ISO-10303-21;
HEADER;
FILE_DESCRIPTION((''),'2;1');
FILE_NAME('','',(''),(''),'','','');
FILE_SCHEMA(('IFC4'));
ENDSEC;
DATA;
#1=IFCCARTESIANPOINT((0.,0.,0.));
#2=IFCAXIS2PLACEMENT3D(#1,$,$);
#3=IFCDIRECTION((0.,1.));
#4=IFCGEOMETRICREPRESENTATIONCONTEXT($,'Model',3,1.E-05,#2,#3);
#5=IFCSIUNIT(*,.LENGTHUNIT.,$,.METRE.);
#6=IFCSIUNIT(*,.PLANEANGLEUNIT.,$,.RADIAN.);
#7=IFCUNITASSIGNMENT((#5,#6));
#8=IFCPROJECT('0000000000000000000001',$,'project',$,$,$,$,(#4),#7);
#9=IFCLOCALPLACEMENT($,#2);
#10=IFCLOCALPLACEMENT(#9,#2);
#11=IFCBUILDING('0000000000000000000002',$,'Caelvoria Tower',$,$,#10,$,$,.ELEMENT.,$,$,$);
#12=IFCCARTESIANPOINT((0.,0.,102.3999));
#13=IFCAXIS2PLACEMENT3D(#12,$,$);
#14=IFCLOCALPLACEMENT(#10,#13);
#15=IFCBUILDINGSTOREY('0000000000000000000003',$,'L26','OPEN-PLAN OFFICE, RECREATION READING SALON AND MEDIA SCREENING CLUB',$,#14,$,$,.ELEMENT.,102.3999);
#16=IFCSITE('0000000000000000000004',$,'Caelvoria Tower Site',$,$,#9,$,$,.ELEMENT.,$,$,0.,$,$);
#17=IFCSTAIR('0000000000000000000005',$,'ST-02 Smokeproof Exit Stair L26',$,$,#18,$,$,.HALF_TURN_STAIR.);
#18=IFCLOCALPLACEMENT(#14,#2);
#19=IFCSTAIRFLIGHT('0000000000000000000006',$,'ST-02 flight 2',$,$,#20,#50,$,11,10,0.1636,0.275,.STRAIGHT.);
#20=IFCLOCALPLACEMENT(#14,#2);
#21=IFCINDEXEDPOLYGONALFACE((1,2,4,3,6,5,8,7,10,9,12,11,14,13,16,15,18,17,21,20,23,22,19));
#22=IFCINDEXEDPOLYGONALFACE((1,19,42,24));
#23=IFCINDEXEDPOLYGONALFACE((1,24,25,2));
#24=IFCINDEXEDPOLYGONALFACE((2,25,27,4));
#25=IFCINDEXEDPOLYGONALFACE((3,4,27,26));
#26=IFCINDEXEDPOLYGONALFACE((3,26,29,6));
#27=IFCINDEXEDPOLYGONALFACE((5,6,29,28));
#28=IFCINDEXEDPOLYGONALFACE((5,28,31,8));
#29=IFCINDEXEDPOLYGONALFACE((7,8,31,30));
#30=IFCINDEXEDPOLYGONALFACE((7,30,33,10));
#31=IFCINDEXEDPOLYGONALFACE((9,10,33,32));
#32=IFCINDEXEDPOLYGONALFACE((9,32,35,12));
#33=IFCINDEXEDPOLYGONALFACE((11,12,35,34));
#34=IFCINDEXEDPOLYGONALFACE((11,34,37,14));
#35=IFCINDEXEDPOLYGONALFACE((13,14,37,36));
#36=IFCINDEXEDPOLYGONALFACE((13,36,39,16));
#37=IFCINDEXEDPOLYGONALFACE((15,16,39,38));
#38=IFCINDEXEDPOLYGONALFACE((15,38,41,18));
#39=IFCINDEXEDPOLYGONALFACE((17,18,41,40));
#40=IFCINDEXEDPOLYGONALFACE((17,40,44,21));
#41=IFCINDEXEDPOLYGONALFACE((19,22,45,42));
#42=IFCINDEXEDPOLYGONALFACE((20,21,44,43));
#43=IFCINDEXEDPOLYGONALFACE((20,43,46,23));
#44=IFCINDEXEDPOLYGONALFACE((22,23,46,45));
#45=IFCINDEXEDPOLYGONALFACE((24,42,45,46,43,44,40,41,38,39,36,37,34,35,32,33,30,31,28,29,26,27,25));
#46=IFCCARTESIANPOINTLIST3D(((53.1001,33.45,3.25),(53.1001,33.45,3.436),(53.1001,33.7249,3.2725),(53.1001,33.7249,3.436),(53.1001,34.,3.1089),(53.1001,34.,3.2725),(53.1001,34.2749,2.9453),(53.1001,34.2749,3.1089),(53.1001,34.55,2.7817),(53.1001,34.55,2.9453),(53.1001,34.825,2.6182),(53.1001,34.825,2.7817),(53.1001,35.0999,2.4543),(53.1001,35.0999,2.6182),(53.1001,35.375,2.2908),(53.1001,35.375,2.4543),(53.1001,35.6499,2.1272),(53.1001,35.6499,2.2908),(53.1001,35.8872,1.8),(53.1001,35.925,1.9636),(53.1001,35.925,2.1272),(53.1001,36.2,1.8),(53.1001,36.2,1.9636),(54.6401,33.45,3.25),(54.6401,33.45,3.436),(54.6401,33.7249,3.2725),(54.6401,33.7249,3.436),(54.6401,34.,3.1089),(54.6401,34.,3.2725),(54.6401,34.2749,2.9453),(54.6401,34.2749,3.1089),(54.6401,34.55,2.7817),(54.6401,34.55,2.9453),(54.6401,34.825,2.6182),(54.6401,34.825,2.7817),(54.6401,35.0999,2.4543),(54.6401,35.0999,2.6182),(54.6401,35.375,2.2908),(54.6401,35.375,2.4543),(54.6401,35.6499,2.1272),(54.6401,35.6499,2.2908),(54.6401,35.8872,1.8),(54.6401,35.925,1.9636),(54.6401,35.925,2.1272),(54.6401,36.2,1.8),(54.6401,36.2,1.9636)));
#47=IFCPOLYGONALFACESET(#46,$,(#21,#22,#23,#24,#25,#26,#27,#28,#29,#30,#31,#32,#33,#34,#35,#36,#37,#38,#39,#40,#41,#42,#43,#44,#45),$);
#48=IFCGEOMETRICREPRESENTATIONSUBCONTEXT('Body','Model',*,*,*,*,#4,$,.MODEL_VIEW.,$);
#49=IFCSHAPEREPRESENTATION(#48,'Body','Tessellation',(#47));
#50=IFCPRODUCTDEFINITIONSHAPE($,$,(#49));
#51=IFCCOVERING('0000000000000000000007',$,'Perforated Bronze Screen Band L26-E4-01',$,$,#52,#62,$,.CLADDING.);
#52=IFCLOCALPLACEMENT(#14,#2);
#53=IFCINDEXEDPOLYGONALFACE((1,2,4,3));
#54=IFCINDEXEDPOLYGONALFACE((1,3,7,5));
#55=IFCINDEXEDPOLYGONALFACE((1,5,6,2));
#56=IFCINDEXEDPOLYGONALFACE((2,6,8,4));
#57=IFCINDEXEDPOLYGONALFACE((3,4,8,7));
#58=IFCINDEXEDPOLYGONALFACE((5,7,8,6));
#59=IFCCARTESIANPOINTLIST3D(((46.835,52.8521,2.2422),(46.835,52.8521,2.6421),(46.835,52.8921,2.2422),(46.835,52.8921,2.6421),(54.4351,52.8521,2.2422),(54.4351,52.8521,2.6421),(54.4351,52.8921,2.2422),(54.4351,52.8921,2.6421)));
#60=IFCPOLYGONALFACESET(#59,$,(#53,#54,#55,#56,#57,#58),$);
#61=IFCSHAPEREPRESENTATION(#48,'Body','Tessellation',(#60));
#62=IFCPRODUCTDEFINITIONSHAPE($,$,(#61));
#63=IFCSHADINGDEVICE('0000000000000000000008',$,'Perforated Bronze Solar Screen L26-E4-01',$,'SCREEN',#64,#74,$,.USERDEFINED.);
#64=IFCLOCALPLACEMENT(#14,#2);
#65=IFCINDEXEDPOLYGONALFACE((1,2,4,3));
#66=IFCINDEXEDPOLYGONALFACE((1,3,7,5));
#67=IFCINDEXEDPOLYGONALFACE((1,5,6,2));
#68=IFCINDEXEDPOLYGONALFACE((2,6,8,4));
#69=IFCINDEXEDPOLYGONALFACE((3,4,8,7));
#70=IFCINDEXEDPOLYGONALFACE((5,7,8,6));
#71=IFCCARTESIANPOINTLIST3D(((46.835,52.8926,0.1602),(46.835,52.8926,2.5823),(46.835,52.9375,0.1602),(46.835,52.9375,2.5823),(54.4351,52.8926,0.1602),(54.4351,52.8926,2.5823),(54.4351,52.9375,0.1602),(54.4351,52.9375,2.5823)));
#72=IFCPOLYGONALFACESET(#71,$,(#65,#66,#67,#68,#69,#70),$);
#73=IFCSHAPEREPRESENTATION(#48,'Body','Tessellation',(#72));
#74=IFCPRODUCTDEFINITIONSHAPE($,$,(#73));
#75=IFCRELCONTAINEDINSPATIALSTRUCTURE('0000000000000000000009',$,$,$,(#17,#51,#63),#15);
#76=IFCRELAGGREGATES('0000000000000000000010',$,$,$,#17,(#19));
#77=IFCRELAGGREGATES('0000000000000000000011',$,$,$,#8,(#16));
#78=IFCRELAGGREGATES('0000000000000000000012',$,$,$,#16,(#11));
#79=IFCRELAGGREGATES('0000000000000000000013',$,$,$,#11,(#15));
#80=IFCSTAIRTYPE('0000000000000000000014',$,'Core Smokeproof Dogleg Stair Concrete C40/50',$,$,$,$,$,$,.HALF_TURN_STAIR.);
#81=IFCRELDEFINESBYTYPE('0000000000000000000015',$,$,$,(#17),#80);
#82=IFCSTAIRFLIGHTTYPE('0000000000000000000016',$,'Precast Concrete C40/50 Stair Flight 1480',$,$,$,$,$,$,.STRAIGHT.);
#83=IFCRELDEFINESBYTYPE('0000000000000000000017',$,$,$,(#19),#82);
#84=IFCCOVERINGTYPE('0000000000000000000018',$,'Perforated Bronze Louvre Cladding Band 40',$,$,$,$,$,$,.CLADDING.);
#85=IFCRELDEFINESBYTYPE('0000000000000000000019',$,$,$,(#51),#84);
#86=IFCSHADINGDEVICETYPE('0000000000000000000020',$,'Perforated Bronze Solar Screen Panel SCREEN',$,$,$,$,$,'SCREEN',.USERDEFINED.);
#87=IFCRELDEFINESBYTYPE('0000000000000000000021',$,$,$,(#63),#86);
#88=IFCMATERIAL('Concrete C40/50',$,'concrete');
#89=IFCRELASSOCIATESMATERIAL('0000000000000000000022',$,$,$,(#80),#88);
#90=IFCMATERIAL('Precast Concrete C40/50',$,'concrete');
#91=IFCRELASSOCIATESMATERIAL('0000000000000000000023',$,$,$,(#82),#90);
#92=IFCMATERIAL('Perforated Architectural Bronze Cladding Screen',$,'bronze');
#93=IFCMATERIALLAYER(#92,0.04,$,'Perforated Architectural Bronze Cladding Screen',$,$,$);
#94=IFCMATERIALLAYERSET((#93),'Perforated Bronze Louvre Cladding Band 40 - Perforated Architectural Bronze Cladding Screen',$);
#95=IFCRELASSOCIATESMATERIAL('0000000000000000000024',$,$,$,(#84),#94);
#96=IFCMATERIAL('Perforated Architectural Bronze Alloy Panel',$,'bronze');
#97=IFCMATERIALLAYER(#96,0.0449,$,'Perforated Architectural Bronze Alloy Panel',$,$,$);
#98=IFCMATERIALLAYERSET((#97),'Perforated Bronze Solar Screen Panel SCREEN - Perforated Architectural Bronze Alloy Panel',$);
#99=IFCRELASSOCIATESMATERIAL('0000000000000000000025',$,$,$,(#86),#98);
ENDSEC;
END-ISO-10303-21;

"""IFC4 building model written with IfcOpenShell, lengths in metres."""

from ifc_helpers import new_model, si_unit, direction, frame, origin, origin_2d, place, context, subcontext, project, spatial, polyline, rectangle, outline, extrude, material, layer, layer_set, type_object, element, aggregate, save


model = new_model("IFC4")

# Units and contexts
model_context = context("Model", 3, precision=1e-05, world=origin(), true_north=direction((0.0, 1.0)))
body_context = subcontext(model_context, "Body", "Model", "MODEL_VIEW")
ifc_project = project(units=[si_unit("LENGTHUNIT", "METRE"), si_unit("PLANEANGLEUNIT", "RADIAN")], contexts=[model_context])

# Site, building, storey
site_placement = place(None, origin())
site = spatial("IfcSite", under=ifc_project, at=site_placement, Name="Caelvoria Tower Site", CompositionType="ELEMENT", RefElevation=0.0)
building_placement = place(site_placement, origin())
building = spatial("IfcBuilding", under=site, at=building_placement, Name="Caelvoria Tower", CompositionType="ELEMENT")
storey_placement = place(building_placement, frame((0.0, 0.0, 102.3999)))
storey = spatial("IfcBuildingStorey", under=building, at=storey_placement, Name="L26", Description="OPEN-PLAN OFFICE, RECREATION READING SALON AND MEDIA SCREENING CLUB", CompositionType="ELEMENT", Elevation=102.3999)

# Stair, stair flight
ifc_material_1 = material(Name="Concrete C40/50", Category="concrete")
stair_type = type_object("IfcStairType", Name="Core Smokeproof Dogleg Stair Concrete C40/50", PredefinedType="HALF_TURN_STAIR", material=ifc_material_1)
stair_placement = place(storey_placement, origin())
stair = element("IfcStair", 1, at=stair_placement, inside=storey, type_object=stair_type, Name="ST-02 Smokeproof Exit Stair L26", PredefinedType="HALF_TURN_STAIR")
ifc_material_2 = material(Name="Precast Concrete C40/50", Category="concrete")
stair_flight_type = type_object("IfcStairFlightType", Name="Precast Concrete C40/50 Stair Flight 1480", PredefinedType="STRAIGHT", material=ifc_material_2)
stair_flight_1_placement = place(storey_placement, frame((53.8701, 36.2, 1.8), z_axis=(0.0, 0.0, 1.0), x_axis=(0.0, -1.0, 0.0)))
stair_flight_1 = element("IfcStairFlight", 2, at=stair_flight_1_placement, type_object=stair_flight_type, Name="ST-02 flight 2", NumberOfRisers=11, NumberOfTreads=10, PredefinedType="STRAIGHT", RiserHeight=0.1636, TreadLength=0.275, context=body_context, shape_type="SweptSolid", body=[
    extrude(outline(polyline([(0.0, 0.0), (0.0, 0.1636), (0.2749, 0.1636), (0.2749, 0.3271), (0.55, 0.3271), (0.55, 0.4907), (0.825, 0.4907), (0.825, 0.6543), (1.1001, 0.6543), (1.1001, 0.8181), (1.375, 0.8181), (1.375, 0.9817), (1.6499, 0.9817), (1.6499, 1.1453), (1.925, 1.1453), (1.925, 1.3088), (2.2, 1.3088), (2.2, 1.4724), (2.4751, 1.4724), (2.4751, 1.636), (2.75, 1.636), (2.75, 1.7996), (2.75, 1.45), (0.3127, 0.0), (0.0, 0.0)])), frame((0.0, 0.77, 0.0), z_axis=(0.0, -1.0, 0.0), x_axis=(1.0, 0.0, 0.0)), (0.0, 0.0, 1.0), 1.54),
])
aggregate(stair, [stair_flight_1])

# Covering
ifc_material_3 = material(Name="Perforated Architectural Bronze Cladding Screen", Category="bronze")
ifc_layer_1 = layer(ifc_material_3, 0.04, Name="Perforated Architectural Bronze Cladding Screen")
ifc_layer_set_1 = layer_set([ifc_layer_1], Name="Perforated Bronze Louvre Cladding Band 40 - Perforated Architectural Bronze Cladding Screen")
covering_type = type_object("IfcCoveringType", Name="Perforated Bronze Louvre Cladding Band 40", PredefinedType="CLADDING", material=ifc_layer_set_1)
covering_placement = place(storey_placement, frame((50.635, 52.8721, 2.2422), z_axis=(0.0, 0.0, 1.0), x_axis=(-1.0, 0.0, 0.0)))
element("IfcCovering", 3, at=covering_placement, inside=storey, type_object=covering_type, Name="Perforated Bronze Screen Band L26-E4-01", PredefinedType="CLADDING", context=body_context, shape_type="SweptSolid", body=[
    extrude(rectangle(XDim=7.6001, YDim=0.04, at=origin_2d()), origin(), (0.0, 0.0, 1.0), 0.3999),
])

# Shading device
ifc_material_4 = material(Name="Perforated Architectural Bronze Alloy Panel", Category="bronze")
ifc_layer_2 = layer(ifc_material_4, 0.0449, Name="Perforated Architectural Bronze Alloy Panel")
ifc_layer_set_2 = layer_set([ifc_layer_2], Name="Perforated Bronze Solar Screen Panel SCREEN - Perforated Architectural Bronze Alloy Panel")
shading_device_type = type_object("IfcShadingDeviceType", Name="Perforated Bronze Solar Screen Panel SCREEN", ElementType="SCREEN", PredefinedType="USERDEFINED", material=ifc_layer_set_2)
shading_device_placement = place(storey_placement, frame((50.635, 52.915, 0.1602), z_axis=(0.0, 0.0, 1.0), x_axis=(-1.0, 0.0, 0.0)))
element("IfcShadingDevice", 4, at=shading_device_placement, inside=storey, type_object=shading_device_type, Name="Perforated Bronze Solar Screen L26-E4-01", ObjectType="SCREEN", PredefinedType="USERDEFINED", context=body_context, shape_type="SweptSolid", body=[
    extrude(rectangle(XDim=7.6001, YDim=0.0449, at=origin_2d()), origin(), (0.0, 0.0, 1.0), 2.4221),
])

save(model, "model.ifc")
